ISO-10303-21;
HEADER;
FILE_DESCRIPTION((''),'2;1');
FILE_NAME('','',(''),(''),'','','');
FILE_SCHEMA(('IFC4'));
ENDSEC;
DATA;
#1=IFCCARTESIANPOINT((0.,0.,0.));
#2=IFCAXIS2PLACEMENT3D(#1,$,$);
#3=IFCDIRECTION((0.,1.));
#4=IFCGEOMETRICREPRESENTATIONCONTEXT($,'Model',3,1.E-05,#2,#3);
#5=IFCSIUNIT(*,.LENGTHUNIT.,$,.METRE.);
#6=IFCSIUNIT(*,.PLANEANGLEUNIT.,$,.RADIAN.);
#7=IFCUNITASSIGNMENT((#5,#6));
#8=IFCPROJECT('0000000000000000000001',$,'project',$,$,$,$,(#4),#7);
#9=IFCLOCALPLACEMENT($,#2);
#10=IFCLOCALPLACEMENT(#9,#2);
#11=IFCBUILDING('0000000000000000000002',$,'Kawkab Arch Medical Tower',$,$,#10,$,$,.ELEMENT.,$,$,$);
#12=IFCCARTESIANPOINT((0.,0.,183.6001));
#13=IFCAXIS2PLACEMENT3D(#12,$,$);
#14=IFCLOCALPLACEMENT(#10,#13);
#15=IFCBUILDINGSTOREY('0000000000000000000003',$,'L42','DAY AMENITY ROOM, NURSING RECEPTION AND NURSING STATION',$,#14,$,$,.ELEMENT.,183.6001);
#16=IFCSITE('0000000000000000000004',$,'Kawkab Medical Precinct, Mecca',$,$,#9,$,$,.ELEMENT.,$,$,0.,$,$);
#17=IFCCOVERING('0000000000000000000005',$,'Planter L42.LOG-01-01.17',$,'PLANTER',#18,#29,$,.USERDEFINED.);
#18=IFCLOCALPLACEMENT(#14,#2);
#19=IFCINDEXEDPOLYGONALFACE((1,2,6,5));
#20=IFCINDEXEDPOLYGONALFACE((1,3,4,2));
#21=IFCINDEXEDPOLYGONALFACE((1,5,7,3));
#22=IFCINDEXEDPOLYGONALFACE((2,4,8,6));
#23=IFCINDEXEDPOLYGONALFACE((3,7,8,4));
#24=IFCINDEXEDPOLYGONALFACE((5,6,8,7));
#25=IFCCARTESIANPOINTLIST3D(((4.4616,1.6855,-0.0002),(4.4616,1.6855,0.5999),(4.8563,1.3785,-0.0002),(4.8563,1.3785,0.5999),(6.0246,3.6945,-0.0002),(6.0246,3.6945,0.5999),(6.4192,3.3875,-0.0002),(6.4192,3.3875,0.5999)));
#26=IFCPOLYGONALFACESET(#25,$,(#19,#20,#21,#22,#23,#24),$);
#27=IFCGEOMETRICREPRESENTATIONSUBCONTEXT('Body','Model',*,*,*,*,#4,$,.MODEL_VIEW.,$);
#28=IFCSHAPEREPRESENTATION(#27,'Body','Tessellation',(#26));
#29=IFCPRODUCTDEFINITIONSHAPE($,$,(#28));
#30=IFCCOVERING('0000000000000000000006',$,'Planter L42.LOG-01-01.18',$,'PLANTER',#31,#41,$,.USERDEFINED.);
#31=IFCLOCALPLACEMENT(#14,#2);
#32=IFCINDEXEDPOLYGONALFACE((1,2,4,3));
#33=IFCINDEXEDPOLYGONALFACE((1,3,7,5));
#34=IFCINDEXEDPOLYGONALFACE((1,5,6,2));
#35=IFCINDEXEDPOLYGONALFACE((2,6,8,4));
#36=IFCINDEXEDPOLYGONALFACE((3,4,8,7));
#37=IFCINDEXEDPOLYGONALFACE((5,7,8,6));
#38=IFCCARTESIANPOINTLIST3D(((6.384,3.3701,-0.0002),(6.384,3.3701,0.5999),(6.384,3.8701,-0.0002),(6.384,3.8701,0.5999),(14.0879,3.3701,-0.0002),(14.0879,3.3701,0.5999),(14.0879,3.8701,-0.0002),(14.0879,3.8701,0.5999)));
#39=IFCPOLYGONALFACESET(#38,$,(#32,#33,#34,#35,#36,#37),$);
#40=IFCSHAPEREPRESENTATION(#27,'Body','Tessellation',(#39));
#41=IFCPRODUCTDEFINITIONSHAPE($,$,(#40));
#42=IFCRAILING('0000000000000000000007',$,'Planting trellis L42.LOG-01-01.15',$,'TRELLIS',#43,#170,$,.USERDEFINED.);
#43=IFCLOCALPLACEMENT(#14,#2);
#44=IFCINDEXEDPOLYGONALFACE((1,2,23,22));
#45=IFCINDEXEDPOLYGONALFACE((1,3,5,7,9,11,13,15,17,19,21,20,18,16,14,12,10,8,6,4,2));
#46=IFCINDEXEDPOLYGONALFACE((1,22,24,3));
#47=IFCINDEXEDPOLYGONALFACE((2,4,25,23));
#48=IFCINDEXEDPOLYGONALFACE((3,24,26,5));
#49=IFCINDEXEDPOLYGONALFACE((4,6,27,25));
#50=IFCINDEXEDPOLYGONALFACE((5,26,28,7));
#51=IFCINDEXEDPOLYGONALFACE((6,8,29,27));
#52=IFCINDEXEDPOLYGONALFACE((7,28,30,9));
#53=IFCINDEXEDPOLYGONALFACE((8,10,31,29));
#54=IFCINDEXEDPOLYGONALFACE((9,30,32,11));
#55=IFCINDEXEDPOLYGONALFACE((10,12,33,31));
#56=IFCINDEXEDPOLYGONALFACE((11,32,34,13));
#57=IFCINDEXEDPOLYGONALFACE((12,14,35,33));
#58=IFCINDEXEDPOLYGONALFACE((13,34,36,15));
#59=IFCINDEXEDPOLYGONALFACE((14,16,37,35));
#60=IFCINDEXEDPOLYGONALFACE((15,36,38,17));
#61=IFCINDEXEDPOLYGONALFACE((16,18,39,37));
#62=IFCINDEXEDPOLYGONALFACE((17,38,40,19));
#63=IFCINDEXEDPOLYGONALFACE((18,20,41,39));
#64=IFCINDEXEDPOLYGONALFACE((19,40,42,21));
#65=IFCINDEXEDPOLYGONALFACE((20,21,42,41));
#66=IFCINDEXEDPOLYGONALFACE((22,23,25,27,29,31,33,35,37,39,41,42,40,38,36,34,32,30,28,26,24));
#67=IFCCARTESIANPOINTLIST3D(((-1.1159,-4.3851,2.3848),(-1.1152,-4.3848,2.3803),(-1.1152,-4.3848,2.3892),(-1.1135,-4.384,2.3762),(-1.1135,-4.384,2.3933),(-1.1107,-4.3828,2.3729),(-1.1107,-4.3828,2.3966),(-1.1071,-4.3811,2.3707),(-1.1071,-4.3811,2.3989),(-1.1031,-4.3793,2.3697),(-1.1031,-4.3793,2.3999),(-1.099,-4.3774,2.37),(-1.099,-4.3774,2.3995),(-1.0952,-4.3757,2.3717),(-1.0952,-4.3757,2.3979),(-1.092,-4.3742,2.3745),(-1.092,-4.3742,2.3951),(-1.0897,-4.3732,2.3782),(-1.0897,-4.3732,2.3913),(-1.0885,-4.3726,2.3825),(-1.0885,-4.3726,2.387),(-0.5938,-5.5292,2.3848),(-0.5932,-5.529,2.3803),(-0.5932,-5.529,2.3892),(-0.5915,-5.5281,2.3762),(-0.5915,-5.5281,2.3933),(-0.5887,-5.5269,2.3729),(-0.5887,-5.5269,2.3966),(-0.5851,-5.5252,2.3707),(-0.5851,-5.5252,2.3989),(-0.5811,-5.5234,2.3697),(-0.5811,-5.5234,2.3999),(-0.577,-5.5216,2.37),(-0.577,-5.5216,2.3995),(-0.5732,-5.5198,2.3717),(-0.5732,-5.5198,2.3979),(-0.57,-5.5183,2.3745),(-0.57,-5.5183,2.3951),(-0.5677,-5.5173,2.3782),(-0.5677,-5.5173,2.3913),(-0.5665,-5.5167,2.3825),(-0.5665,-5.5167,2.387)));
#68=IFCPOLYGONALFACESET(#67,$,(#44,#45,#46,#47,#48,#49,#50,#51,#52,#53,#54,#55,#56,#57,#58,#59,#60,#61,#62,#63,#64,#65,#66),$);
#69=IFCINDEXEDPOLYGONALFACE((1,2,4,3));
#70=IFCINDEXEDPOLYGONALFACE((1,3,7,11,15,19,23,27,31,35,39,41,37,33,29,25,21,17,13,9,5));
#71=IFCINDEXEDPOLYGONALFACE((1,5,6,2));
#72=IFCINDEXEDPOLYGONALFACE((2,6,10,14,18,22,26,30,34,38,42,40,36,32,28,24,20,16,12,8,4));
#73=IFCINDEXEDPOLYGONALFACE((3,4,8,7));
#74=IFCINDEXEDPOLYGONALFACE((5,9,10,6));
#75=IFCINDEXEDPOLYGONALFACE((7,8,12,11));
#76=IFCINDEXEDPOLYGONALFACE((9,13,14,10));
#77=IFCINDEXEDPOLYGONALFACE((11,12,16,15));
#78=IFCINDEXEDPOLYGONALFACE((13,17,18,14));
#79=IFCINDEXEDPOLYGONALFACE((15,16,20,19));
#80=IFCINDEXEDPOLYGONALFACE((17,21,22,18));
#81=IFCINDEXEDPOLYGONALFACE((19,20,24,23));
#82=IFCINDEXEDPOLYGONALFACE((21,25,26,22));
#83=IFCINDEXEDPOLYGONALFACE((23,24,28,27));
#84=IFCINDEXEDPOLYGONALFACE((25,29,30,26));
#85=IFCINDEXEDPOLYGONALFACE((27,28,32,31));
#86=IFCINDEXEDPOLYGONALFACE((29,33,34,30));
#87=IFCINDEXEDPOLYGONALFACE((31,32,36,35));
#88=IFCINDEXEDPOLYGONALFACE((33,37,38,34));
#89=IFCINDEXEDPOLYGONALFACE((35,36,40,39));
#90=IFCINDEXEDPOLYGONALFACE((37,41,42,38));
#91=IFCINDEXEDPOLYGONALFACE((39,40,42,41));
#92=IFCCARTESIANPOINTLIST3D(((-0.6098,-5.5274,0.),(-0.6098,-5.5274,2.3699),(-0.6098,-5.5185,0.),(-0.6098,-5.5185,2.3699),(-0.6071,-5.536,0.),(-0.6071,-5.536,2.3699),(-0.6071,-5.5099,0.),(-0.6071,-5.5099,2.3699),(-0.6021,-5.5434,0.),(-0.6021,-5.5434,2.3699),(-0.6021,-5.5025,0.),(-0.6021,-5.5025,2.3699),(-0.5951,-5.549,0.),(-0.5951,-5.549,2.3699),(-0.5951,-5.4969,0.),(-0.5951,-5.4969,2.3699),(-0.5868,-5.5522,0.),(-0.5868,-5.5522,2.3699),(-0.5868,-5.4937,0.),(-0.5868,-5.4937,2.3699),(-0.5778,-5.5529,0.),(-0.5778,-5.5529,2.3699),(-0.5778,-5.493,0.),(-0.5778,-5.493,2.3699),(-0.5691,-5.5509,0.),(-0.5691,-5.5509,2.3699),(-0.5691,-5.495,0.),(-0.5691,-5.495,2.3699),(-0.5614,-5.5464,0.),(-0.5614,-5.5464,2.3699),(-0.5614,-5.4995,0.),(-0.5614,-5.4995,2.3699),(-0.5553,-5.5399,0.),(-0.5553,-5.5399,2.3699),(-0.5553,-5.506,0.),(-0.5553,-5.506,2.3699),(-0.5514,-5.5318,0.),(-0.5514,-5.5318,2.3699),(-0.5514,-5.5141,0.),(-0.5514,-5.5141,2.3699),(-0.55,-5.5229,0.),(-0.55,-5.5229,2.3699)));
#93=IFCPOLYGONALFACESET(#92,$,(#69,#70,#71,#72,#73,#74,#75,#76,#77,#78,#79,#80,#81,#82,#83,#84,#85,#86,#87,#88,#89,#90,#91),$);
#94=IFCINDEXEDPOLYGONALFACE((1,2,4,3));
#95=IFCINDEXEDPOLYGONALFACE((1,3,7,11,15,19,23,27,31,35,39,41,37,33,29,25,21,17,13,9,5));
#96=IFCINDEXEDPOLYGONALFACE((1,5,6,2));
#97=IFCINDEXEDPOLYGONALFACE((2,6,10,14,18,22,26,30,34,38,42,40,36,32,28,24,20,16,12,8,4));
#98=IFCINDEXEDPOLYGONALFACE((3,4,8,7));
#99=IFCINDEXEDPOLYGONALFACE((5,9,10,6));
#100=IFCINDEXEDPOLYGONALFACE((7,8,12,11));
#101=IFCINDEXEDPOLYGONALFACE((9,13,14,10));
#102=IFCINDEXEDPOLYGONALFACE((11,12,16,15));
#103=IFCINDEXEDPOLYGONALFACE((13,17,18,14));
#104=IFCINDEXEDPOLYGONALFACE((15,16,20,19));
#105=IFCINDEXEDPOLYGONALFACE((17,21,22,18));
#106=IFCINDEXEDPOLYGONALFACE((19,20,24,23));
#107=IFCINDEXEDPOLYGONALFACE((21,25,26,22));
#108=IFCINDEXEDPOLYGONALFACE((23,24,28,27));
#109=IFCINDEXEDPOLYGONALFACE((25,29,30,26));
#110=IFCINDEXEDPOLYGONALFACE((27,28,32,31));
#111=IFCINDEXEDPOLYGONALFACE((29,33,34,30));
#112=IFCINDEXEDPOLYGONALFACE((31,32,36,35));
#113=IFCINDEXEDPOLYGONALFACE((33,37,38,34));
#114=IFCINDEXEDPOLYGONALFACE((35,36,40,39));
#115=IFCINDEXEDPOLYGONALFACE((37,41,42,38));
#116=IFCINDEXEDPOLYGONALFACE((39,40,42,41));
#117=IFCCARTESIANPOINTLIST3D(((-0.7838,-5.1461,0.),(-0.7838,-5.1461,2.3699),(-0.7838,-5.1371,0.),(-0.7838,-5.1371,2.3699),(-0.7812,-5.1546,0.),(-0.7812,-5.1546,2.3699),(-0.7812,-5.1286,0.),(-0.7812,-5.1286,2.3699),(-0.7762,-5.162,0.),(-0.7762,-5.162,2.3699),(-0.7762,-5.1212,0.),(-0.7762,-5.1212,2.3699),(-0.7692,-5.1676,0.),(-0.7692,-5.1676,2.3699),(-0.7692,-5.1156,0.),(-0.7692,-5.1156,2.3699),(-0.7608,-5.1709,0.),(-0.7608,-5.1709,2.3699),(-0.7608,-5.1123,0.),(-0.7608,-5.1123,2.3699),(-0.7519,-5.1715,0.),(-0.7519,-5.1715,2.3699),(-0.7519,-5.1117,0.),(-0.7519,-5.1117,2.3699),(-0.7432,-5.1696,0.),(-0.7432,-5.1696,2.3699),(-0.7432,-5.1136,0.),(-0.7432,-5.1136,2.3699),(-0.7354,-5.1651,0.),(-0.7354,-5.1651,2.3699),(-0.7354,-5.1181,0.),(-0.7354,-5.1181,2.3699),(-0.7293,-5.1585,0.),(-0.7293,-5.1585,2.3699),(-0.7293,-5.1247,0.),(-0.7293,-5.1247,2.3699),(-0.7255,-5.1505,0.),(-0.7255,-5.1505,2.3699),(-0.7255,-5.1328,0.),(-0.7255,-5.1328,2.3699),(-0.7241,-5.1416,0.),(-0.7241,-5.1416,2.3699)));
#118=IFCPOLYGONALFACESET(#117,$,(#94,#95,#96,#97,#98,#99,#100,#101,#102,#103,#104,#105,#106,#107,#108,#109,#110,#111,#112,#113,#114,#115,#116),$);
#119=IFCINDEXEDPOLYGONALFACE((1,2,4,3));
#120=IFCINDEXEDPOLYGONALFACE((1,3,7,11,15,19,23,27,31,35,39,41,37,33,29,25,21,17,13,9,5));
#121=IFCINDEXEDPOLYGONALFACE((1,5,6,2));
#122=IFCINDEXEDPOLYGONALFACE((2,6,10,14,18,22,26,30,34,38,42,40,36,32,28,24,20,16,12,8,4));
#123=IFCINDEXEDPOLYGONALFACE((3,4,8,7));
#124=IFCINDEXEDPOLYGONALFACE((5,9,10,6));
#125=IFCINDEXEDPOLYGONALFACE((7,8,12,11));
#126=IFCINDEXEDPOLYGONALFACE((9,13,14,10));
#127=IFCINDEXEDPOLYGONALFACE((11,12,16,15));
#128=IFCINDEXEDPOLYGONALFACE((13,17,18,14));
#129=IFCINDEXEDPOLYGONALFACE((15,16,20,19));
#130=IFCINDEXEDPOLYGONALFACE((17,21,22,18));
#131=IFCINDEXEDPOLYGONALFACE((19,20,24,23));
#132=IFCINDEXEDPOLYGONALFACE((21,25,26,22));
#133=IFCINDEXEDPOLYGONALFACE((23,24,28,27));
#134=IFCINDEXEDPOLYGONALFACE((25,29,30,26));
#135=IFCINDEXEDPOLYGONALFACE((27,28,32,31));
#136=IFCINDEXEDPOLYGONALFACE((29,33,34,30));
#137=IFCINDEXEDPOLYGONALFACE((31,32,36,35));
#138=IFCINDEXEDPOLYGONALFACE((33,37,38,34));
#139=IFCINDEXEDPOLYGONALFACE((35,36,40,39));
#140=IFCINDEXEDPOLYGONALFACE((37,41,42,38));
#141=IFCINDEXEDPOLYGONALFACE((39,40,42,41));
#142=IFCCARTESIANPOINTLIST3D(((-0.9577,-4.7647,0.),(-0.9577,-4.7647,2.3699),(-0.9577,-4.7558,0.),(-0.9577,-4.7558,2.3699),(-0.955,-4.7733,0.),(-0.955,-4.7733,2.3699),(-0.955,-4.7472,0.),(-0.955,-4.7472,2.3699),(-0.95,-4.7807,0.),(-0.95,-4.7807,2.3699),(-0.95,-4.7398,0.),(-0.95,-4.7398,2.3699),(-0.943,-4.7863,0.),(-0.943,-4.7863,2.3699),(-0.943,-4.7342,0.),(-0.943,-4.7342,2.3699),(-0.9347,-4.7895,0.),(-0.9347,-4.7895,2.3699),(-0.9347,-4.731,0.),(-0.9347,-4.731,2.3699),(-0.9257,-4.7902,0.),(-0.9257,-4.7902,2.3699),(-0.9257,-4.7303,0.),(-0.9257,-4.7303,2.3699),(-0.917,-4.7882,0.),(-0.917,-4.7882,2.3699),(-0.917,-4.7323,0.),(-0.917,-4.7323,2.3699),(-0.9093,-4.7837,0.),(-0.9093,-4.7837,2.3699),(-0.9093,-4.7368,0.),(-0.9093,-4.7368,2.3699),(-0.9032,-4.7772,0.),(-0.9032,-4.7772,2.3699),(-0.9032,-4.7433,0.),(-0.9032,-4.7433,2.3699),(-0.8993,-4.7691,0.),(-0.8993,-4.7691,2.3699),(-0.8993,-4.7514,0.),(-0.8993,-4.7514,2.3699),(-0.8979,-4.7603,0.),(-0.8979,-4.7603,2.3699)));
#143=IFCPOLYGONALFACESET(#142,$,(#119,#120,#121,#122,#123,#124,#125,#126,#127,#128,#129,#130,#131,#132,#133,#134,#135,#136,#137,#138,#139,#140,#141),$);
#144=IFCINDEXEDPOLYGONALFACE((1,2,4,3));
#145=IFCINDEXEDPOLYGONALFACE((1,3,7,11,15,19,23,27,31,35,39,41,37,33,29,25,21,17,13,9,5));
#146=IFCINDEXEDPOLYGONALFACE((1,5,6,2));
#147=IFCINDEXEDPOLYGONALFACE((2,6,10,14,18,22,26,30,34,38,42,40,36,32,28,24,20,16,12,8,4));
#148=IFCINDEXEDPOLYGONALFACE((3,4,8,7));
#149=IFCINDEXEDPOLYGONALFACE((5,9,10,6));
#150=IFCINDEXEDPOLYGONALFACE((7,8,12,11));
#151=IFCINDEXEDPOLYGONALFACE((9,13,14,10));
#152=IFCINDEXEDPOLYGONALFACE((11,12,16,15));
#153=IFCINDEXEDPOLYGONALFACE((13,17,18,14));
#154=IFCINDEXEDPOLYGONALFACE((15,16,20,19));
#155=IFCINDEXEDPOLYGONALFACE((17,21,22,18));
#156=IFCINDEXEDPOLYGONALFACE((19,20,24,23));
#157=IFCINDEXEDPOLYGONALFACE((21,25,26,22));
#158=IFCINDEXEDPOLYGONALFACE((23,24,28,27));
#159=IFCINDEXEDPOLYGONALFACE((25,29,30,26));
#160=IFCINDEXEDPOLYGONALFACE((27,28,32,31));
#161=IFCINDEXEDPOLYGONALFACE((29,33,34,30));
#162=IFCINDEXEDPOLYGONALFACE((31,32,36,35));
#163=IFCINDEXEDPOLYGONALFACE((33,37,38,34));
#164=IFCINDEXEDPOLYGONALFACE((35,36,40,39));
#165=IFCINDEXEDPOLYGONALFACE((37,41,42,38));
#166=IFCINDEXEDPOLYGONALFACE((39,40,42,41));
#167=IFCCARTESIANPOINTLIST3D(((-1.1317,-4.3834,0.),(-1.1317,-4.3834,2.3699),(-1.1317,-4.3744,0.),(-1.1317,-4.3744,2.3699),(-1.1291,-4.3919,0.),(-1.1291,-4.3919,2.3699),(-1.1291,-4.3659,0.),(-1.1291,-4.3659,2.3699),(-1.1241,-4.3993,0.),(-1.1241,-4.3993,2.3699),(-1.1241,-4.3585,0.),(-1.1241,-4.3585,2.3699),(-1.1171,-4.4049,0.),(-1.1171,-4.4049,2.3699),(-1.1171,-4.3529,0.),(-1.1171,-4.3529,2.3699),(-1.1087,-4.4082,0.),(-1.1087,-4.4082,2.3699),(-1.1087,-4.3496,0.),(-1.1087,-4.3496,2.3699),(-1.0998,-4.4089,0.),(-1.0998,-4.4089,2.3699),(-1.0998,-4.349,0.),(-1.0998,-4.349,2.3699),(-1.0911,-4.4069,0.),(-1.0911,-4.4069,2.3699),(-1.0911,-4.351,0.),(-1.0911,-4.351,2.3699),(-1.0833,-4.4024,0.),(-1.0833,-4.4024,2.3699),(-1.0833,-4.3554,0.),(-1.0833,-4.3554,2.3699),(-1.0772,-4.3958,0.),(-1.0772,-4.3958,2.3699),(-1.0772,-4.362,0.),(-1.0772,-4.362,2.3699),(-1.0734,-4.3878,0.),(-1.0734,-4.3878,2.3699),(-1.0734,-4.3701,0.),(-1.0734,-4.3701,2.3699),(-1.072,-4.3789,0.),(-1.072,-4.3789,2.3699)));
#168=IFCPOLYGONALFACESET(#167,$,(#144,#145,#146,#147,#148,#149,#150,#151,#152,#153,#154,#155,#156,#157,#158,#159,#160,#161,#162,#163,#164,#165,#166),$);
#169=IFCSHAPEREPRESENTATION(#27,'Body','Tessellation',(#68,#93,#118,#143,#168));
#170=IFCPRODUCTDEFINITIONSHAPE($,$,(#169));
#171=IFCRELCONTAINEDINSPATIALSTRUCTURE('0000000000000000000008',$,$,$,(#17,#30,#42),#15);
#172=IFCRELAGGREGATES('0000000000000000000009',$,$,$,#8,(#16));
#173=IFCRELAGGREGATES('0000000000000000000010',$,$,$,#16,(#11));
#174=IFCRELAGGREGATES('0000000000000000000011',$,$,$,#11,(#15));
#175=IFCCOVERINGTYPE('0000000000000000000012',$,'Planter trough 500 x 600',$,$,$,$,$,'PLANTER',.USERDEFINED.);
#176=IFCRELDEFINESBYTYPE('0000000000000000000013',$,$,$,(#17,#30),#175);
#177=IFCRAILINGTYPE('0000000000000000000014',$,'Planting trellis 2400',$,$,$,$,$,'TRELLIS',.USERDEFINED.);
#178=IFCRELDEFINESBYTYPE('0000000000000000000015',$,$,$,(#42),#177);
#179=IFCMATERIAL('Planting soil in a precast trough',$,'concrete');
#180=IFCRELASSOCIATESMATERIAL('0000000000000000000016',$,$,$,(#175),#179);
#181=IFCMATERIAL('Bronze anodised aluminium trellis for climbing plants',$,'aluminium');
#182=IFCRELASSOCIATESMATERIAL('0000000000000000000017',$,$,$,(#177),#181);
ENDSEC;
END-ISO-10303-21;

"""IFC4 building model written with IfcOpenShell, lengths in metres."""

from ifc_helpers import new_model, si_unit, direction, frame, origin, origin_2d, place, context, subcontext, project, spatial, rectangle, circle, extrude, material, material_profile, profile_set, type_object, element, save


model = new_model("IFC4")

# Units and contexts
model_context = context("Model", 3, precision=1e-05, world=origin(), true_north=direction((0.0, 1.0)))
body_context = subcontext(model_context, "Body", "Model", "MODEL_VIEW")
ifc_project = project(units=[si_unit("LENGTHUNIT", "METRE"), si_unit("PLANEANGLEUNIT", "RADIAN")], contexts=[model_context])

# Site, building, storey
site_placement = place(None, origin())
site = spatial("IfcSite", under=ifc_project, at=site_placement, Name="Kawkab Medical Precinct, Mecca", CompositionType="ELEMENT", RefElevation=0.0)
building_placement = place(site_placement, origin())
building = spatial("IfcBuilding", under=site, at=building_placement, Name="Kawkab Arch Medical Tower", CompositionType="ELEMENT")
storey_placement = place(building_placement, frame((0.0, 0.0, 183.6001)))
storey = spatial("IfcBuildingStorey", under=building, at=storey_placement, Name="L42", Description="DAY AMENITY ROOM, NURSING RECEPTION AND NURSING STATION", CompositionType="ELEMENT", Elevation=183.6001)

# Coverings
ifc_material_1 = material(Name="Planting soil in a precast trough", Category="concrete")
ifc_material_profile_1 = material_profile(ifc_material_1, rectangle(XDim=0.5, YDim=0.6001, at=origin_2d()), Name="Trough 500x600")
ifc_profile_set_1 = profile_set([ifc_material_profile_1], Name="Planting soil in a precast trough")
covering_type = type_object("IfcCoveringType", Name="Planter trough 500 x 600", ElementType="PLANTER", PredefinedType="USERDEFINED", material=ifc_profile_set_1)
covering_1_placement = place(storey_placement, frame((4.6589, 1.532, 0.2998), z_axis=(0.61404, 0.789275, 0.0), x_axis=(-0.789275, 0.61404, 0.0)))
element("IfcCovering", 1, at=covering_1_placement, inside=storey, type_object=covering_type, Name="Planter L42.LOG-01-01.17", ObjectType="PLANTER", PredefinedType="USERDEFINED", context=body_context, shape_type="SweptSolid", body=[
    extrude(rectangle(XDim=0.5, YDim=0.6001, at=origin_2d()), origin(), (0.0, 0.0, 1.0), 2.5454),
])
covering_2_placement = place(storey_placement, frame((6.384, 3.6201, 0.2998), z_axis=(1.0, 0.0, 0.0), x_axis=(0.0, 1.0, 0.0)))
element("IfcCovering", 2, at=covering_2_placement, inside=storey, type_object=covering_type, Name="Planter L42.LOG-01-01.18", ObjectType="PLANTER", PredefinedType="USERDEFINED", context=body_context, shape_type="SweptSolid", body=[
    extrude(rectangle(XDim=0.5, YDim=0.6001, at=origin_2d()), origin(), (0.0, 0.0, 1.0), 7.7039),
])

# Railing
ifc_material_2 = material(Name="Bronze anodised aluminium trellis for climbing plants", Category="aluminium")
railing_type = type_object("IfcRailingType", Name="Planting trellis 2400", ElementType="TRELLIS", PredefinedType="USERDEFINED", material=ifc_material_2)
railing_1_placement = place(storey_placement, frame((-0.5801, -5.5229, 0.0)))
element("IfcRailing", 3, at=railing_1_placement, inside=storey, type_object=railing_type, Name="Planting trellis L42.LOG-01-01.15", ObjectType="TRELLIS", PredefinedType="USERDEFINED", context=body_context, shape_type="SweptSolid", body=[
    extrude(circle(Radius=0.0151, at=origin_2d()), frame((0.0, 0.0, 2.3848), z_axis=(-0.41509, 0.90978, 0.0), x_axis=(-0.90978, -0.41509, 0.0)), (0.0, 0.0, 1.0), 1.2576),
    extrude(circle(Radius=0.03, at=origin_2d()), origin(), (0.0, 0.0, 1.0), 2.3699),
    extrude(circle(Radius=0.03, at=origin_2d()), frame((-0.1741, 0.3813, 0.0)), (0.0, 0.0, 1.0), 2.3699),
    extrude(circle(Radius=0.03, at=origin_2d()), frame((-0.3479, 0.7627, 0.0)), (0.0, 0.0, 1.0), 2.3699),
    extrude(circle(Radius=0.03, at=origin_2d()), frame((-0.522, 1.144, 0.0)), (0.0, 0.0, 1.0), 2.3699),
])

save(model, "model.ifc")
